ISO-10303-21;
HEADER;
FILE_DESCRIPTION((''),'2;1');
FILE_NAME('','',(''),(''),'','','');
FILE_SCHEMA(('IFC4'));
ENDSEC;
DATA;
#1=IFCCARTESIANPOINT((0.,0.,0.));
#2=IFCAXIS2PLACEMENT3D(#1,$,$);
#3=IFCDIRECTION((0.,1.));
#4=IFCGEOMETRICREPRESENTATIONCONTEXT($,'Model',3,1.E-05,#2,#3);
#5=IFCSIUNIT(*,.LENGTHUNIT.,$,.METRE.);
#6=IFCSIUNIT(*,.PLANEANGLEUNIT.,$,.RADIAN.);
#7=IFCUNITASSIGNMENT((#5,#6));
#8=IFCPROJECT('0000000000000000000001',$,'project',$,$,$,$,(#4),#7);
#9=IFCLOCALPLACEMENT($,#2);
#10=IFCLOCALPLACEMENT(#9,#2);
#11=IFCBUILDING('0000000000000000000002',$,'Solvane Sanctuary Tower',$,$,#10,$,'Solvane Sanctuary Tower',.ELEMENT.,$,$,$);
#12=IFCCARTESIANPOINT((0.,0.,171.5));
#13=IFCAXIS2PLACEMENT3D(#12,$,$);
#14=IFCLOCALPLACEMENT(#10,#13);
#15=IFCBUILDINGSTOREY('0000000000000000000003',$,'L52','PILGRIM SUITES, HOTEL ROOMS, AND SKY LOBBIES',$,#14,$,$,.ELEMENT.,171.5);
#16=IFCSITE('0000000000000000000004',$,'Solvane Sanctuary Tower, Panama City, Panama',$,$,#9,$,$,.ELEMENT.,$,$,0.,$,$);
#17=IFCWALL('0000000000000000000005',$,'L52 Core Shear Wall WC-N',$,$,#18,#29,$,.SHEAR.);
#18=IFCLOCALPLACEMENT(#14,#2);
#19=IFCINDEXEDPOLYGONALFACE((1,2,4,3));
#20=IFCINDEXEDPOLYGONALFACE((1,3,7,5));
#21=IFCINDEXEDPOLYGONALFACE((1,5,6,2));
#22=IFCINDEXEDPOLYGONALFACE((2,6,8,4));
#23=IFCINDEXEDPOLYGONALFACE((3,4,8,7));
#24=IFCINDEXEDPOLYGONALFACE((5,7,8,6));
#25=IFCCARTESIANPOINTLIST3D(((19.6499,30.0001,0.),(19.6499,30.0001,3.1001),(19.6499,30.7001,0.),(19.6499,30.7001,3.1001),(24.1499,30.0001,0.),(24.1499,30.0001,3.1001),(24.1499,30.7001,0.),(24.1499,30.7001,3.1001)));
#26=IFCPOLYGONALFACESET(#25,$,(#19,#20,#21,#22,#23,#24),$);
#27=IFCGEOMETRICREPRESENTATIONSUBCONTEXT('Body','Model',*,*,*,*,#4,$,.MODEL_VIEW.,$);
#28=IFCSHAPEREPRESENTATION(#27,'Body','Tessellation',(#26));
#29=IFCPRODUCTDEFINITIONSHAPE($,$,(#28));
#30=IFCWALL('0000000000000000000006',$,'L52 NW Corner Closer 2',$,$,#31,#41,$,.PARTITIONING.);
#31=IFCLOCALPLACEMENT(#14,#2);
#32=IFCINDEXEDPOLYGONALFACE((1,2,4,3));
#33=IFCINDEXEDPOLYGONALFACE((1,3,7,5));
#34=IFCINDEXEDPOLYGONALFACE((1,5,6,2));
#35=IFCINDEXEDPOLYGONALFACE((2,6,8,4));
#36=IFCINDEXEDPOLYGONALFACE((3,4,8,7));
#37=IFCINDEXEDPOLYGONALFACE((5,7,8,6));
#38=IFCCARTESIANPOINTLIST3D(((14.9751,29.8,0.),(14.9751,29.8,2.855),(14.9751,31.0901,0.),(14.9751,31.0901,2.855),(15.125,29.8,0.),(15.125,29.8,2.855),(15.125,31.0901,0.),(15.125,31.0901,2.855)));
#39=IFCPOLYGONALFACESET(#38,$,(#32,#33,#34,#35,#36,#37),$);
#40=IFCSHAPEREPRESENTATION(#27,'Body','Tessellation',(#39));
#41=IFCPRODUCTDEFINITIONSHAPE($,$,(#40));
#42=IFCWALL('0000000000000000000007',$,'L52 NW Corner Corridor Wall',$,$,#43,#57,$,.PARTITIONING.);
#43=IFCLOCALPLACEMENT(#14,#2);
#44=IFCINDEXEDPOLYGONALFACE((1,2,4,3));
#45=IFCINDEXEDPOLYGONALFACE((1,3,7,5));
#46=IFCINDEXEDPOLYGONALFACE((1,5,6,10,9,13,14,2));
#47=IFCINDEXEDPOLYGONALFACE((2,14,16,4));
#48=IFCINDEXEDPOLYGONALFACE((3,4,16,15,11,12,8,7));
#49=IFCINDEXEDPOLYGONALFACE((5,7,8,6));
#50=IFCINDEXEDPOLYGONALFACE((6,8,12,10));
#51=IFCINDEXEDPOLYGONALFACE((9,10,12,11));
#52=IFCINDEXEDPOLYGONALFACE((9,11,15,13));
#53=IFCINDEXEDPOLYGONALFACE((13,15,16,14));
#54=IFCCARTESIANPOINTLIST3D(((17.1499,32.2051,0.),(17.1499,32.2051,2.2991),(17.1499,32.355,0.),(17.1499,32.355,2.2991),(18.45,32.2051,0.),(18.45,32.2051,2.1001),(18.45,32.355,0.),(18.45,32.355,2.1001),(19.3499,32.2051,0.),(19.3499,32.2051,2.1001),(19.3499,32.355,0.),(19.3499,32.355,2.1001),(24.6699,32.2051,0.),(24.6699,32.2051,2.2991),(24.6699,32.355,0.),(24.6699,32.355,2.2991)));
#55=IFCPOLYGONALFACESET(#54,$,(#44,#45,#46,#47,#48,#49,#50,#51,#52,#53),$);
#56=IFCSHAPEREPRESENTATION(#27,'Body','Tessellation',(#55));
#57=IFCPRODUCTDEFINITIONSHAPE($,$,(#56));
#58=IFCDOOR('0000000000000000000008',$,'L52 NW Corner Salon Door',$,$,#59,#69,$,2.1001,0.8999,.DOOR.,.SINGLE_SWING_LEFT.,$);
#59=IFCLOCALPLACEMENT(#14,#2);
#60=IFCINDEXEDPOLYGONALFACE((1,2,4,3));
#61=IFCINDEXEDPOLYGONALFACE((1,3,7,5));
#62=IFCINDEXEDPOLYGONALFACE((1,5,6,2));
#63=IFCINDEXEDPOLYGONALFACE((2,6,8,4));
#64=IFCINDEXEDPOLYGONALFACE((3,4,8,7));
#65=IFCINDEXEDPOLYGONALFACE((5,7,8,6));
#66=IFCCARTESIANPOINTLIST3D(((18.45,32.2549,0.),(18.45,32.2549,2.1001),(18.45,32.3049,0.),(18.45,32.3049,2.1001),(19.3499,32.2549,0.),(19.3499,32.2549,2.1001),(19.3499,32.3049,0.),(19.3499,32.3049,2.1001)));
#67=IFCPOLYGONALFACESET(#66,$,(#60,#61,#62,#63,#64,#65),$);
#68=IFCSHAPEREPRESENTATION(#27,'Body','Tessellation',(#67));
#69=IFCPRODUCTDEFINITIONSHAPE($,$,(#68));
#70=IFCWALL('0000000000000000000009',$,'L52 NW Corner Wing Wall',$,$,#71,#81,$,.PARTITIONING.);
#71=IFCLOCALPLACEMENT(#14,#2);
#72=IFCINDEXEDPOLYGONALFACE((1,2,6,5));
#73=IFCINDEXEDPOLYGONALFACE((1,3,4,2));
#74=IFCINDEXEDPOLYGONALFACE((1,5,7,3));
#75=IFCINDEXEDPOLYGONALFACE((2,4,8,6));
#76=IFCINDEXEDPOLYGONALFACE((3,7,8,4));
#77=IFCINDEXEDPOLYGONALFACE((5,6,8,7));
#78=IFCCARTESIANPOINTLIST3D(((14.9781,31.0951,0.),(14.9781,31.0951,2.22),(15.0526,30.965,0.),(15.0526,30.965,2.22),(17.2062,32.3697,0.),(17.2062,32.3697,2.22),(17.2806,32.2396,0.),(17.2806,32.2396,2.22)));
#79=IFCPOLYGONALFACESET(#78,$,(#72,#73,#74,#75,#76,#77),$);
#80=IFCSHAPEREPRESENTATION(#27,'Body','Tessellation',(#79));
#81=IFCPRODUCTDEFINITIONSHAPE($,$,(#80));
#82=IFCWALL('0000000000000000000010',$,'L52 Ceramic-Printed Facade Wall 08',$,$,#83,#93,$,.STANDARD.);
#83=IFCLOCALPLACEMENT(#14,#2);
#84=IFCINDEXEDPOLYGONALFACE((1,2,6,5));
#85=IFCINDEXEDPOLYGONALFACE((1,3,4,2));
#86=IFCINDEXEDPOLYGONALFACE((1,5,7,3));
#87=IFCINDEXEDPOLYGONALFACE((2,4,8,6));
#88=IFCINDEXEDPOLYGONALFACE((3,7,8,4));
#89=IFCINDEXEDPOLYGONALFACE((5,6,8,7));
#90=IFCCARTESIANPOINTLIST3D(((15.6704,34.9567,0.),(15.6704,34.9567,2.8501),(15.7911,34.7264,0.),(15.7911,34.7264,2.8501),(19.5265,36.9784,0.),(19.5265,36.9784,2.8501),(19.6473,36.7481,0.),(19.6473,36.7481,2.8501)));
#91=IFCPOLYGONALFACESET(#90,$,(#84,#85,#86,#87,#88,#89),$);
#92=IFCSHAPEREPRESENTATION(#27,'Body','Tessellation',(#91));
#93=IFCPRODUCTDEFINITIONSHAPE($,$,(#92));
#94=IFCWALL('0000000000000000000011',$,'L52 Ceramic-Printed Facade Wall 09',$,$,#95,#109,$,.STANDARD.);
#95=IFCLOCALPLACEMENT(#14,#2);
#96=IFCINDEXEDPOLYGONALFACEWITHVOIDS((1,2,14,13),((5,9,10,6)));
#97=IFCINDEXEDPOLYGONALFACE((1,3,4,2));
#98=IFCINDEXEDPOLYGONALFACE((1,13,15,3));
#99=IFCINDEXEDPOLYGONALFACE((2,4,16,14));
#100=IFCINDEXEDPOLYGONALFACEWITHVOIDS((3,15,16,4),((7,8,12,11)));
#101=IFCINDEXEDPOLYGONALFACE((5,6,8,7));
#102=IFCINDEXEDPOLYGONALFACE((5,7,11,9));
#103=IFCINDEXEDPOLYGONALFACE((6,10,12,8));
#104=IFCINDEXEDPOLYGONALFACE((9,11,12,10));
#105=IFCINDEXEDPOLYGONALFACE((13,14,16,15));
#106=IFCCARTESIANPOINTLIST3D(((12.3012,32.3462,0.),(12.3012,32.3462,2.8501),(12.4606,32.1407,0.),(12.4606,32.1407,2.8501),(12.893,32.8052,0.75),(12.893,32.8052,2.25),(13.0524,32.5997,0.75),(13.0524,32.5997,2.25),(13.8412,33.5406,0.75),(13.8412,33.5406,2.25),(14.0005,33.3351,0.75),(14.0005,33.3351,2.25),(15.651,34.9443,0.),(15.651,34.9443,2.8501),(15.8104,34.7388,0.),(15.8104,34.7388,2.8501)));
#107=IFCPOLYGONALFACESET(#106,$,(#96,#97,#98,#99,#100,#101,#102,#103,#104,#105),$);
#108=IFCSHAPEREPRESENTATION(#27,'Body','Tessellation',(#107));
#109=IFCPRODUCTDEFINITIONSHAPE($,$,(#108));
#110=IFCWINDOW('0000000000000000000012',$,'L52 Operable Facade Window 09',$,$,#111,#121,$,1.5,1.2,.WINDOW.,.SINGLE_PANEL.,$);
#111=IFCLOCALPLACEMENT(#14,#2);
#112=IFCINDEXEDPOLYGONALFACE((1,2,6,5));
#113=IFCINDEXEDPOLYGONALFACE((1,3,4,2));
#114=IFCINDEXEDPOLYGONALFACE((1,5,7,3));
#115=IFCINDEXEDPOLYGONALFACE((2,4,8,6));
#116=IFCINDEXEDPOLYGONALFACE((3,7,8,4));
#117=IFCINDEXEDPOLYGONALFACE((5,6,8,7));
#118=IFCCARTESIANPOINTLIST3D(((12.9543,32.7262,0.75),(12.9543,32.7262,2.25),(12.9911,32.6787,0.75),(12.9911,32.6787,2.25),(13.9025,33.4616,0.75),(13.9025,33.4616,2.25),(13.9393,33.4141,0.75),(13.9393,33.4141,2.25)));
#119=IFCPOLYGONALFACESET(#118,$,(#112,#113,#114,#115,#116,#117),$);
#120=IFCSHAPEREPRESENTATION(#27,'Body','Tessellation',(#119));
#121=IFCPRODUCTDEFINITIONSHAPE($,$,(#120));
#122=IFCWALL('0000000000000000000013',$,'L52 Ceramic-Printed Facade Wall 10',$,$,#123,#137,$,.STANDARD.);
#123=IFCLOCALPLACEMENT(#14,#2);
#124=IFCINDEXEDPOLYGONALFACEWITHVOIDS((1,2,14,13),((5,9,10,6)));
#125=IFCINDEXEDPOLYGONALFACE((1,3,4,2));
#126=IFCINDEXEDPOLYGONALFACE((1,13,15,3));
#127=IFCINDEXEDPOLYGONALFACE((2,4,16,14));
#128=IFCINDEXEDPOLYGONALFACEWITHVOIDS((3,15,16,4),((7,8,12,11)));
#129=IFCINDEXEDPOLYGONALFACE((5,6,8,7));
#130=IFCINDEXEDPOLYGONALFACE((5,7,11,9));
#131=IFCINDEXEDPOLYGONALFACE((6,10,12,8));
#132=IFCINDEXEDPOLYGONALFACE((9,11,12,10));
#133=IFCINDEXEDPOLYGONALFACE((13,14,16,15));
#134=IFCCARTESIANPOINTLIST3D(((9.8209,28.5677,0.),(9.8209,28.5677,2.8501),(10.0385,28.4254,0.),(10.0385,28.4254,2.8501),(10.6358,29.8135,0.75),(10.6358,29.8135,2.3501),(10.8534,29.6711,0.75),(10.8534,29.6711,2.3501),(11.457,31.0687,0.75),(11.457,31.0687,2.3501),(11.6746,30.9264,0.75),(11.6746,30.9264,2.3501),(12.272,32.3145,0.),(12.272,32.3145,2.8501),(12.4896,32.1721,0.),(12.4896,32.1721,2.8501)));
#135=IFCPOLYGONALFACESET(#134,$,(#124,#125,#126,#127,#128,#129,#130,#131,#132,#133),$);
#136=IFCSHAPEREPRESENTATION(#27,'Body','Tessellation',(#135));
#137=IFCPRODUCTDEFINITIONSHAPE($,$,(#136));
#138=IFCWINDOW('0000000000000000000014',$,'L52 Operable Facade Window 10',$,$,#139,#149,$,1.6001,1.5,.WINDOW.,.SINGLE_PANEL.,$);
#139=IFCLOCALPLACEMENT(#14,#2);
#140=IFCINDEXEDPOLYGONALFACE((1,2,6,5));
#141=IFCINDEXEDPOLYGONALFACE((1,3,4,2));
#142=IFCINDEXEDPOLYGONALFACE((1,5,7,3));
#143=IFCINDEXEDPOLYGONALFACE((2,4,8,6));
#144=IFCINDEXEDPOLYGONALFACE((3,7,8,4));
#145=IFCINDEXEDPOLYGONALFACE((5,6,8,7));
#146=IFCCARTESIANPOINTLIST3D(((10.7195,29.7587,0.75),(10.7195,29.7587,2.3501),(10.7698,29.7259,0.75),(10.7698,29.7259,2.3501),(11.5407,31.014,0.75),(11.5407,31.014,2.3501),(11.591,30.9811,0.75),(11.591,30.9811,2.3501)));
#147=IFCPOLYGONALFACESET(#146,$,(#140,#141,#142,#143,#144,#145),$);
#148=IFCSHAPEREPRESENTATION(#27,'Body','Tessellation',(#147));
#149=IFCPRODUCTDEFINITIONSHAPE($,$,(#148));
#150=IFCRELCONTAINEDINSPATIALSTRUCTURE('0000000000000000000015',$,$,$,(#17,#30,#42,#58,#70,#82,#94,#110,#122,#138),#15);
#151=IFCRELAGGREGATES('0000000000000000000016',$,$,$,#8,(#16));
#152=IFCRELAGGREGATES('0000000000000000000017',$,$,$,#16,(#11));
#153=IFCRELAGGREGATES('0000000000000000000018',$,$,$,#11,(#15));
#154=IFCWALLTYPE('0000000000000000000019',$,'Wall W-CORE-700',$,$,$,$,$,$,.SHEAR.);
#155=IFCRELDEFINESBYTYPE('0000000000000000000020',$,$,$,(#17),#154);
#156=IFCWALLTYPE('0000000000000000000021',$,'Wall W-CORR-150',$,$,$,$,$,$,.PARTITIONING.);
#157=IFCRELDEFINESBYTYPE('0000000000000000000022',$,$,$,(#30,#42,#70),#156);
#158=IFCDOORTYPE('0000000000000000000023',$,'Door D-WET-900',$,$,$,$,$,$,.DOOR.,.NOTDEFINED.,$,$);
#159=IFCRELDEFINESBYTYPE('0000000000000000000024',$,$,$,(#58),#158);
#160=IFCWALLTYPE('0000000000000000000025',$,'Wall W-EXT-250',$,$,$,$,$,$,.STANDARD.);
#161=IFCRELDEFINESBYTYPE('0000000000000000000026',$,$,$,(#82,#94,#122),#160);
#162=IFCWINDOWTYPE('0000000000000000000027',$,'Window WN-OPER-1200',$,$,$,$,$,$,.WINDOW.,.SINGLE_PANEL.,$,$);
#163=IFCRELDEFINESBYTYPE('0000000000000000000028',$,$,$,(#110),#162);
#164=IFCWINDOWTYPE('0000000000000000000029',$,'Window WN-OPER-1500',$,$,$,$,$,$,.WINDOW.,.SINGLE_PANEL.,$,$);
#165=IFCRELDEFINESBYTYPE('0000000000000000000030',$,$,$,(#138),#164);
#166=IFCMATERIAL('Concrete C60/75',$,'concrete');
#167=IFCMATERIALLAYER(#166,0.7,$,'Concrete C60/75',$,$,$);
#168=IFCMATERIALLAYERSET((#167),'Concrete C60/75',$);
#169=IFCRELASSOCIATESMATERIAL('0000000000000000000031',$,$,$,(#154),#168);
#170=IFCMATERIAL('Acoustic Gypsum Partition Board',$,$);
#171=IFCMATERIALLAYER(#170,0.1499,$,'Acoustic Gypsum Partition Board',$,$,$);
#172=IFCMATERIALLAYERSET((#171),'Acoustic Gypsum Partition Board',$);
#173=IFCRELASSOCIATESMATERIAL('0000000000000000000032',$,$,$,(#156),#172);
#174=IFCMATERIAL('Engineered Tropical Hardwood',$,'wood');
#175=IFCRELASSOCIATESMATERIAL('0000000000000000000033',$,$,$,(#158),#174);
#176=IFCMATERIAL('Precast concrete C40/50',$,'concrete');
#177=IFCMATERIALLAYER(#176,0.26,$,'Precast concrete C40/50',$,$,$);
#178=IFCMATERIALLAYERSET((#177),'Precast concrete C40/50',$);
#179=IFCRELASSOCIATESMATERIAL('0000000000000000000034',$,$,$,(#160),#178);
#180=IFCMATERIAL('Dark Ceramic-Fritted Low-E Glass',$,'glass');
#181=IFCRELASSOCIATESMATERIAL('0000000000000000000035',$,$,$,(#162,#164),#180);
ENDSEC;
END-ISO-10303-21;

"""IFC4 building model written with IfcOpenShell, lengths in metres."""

from ifc_helpers import new_model, si_unit, direction, frame, frame_2d, origin, place, context, subcontext, project, spatial, rectangle, extrude, material, layer, layer_set, type_object, element, fill, save


model = new_model("IFC4")

# Units and contexts
model_context = context("Model", 3, precision=1e-05, world=origin(), true_north=direction((0.0, 1.0)))
body_context = subcontext(model_context, "Body", "Model", "MODEL_VIEW")
ifc_project = project(units=[si_unit("LENGTHUNIT", "METRE"), si_unit("PLANEANGLEUNIT", "RADIAN")], contexts=[model_context])

# Site, building, storey
site_placement = place(None, origin())
site = spatial("IfcSite", under=ifc_project, at=site_placement, Name="Solvane Sanctuary Tower, Panama City, Panama", CompositionType="ELEMENT", RefElevation=0.0)
building_placement = place(site_placement, origin())
building = spatial("IfcBuilding", under=site, at=building_placement, Name="Solvane Sanctuary Tower", LongName="Solvane Sanctuary Tower", CompositionType="ELEMENT")
storey_placement = place(building_placement, frame((0.0, 0.0, 171.5)))
storey = spatial("IfcBuildingStorey", under=building, at=storey_placement, Name="L52", Description="PILGRIM SUITES, HOTEL ROOMS, AND SKY LOBBIES", CompositionType="ELEMENT", Elevation=171.5)

# Shared definitions
ifc_material_1 = material(Name="Concrete C60/75", Category="concrete")

# Walls
ifc_layer_1 = layer(ifc_material_1, 0.7, Name="Concrete C60/75")
ifc_layer_set_1 = layer_set([ifc_layer_1], Name="Concrete C60/75")
wall_type_1 = type_object("IfcWallType", Name="Wall W-CORE-700", PredefinedType="SHEAR", material=ifc_layer_set_1)
wall_1_placement = place(storey_placement, frame((19.6499, 30.3501, 0.0), z_axis=(0.0, 0.0, 1.0), x_axis=(1.0, 0.0, 0.0)))
element("IfcWall", 1, at=wall_1_placement, inside=storey, type_object=wall_type_1, Name="L52 Core Shear Wall WC-N", PredefinedType="SHEAR", context=body_context, shape_type="SweptSolid", body=[
    extrude(rectangle(XDim=4.5, YDim=0.7, at=frame_2d((2.25, 0.0))), origin(), (0.0, 0.0, 1.0), 3.1001),
])
ifc_material_2 = material(Name="Acoustic Gypsum Partition Board")
ifc_layer_2 = layer(ifc_material_2, 0.1499, Name="Acoustic Gypsum Partition Board")
ifc_layer_set_2 = layer_set([ifc_layer_2], Name="Acoustic Gypsum Partition Board")
wall_type_2 = type_object("IfcWallType", Name="Wall W-CORR-150", PredefinedType="PARTITIONING", material=ifc_layer_set_2)
wall_2_placement = place(storey_placement, frame((15.05, 29.8, 0.0), z_axis=(0.0, 0.0, 1.0), x_axis=(0.0, 1.0, 0.0)))
element("IfcWall", 2, at=wall_2_placement, inside=storey, type_object=wall_type_2, Name="L52 NW Corner Closer 2", PredefinedType="PARTITIONING", context=body_context, shape_type="SweptSolid", body=[
    extrude(rectangle(XDim=1.29, YDim=0.1499, at=frame_2d((0.645, 0.0))), origin(), (0.0, 0.0, 1.0), 2.855),
])

# Wall, opening, door
wall_3_placement = place(storey_placement, frame((17.1499, 32.28, 0.0), z_axis=(0.0, 0.0, 1.0), x_axis=(1.0, 0.0, 0.0)))
wall_3 = element("IfcWall", 3, at=wall_3_placement, inside=storey, type_object=wall_type_2, Name="L52 NW Corner Corridor Wall", PredefinedType="PARTITIONING", context=body_context, shape_type="SweptSolid", body=[
    extrude(rectangle(XDim=7.52, YDim=0.1499, at=frame_2d((3.76, 0.0))), origin(), (0.0, 0.0, 1.0), 2.2991),
])
opening_1_placement = place(wall_3_placement, frame((1.3, 0.0, 0.0)))
opening_1 = element("IfcOpeningElement", 4, at=opening_1_placement, cuts=wall_3, PredefinedType="OPENING", context=body_context, shape_type="SweptSolid", body=[
    extrude(rectangle(XDim=0.8999, YDim=2.1001, at=frame_2d((0.45, 1.05))), frame((0.0, 0.085, 0.0), z_axis=(0.0, -1.0, 0.0), x_axis=(1.0, 0.0, 0.0)), (0.0, 0.0, 1.0), 0.1699),
])
ifc_material_3 = material(Name="Engineered Tropical Hardwood", Category="wood")
door_type_1 = type_object("IfcDoorType", Name="Door D-WET-900", OperationType="NOTDEFINED", PredefinedType="DOOR", material=ifc_material_3)
door_1_placement = place(opening_1_placement, origin())
door_1 = element("IfcDoor", 5, at=door_1_placement, inside=storey, type_object=door_type_1, Name="L52 NW Corner Salon Door", OperationType="SINGLE_SWING_LEFT", OverallHeight=2.1001, OverallWidth=0.8999, PredefinedType="DOOR", context=body_context, shape_type="SweptSolid", body=[
    extrude(rectangle(XDim=0.8999, YDim=2.1001, at=frame_2d((0.45, 1.05))), frame((0.0, 0.0249, 0.0), z_axis=(0.0, -1.0, 0.0), x_axis=(1.0, 0.0, 0.0)), (0.0, 0.0, 1.0), 0.05),
])
fill(opening_1, door_1)

# Walls
wall_4_placement = place(storey_placement, frame((17.2434, 32.3047, 0.0), z_axis=(0.0, 0.0, 1.0), x_axis=(-0.867991, -0.496579, 0.0)))
element("IfcWall", 6, at=wall_4_placement, inside=storey, type_object=wall_type_2, Name="L52 NW Corner Wing Wall", PredefinedType="PARTITIONING", context=body_context, shape_type="SweptSolid", body=[
    extrude(rectangle(XDim=2.5669, YDim=0.1499, at=frame_2d((1.2834, 0.0))), origin(), (0.0, 0.0, 1.0), 2.22),
])
ifc_material_4 = material(Name="Precast concrete C40/50", Category="concrete")
ifc_layer_3 = layer(ifc_material_4, 0.26, Name="Precast concrete C40/50")
ifc_layer_set_3 = layer_set([ifc_layer_3], Name="Precast concrete C40/50")
wall_type_3 = type_object("IfcWallType", Name="Wall W-EXT-250", PredefinedType="STANDARD", material=ifc_layer_set_3)
wall_5_placement = place(storey_placement, frame((19.5869, 36.8633, 0.0), z_axis=(0.0, 0.0, 1.0), x_axis=(-0.88566, -0.464334, 0.0)))
element("IfcWall", 7, at=wall_5_placement, inside=storey, type_object=wall_type_3, Name="L52 Ceramic-Printed Facade Wall 08", PredefinedType="STANDARD", context=body_context, shape_type="SweptSolid", body=[
    extrude(rectangle(XDim=4.354, YDim=0.26, at=frame_2d((2.177, 0.0))), origin(), (0.0, 0.0, 1.0), 2.8501),
])

# Walls, openings, windows
wall_6_placement = place(storey_placement, frame((15.7307, 34.8416, 0.0), z_axis=(0.0, 0.0, 1.0), x_axis=(-0.790186, -0.612868, 0.0)))
wall_6 = element("IfcWall", 8, at=wall_6_placement, inside=storey, type_object=wall_type_3, Name="L52 Ceramic-Printed Facade Wall 09", PredefinedType="STANDARD", context=body_context, shape_type="SweptSolid", body=[
    extrude(rectangle(XDim=4.2393, YDim=0.26, at=frame_2d((2.1196, 0.0))), origin(), (0.0, 0.0, 1.0), 2.8501),
])
opening_2_placement = place(wall_6_placement, frame((2.2903, 0.0, 0.75)))
opening_2 = element("IfcOpeningElement", 9, at=opening_2_placement, cuts=wall_6, PredefinedType="OPENING", context=body_context, shape_type="SweptSolid", body=[
    extrude(rectangle(XDim=1.2, YDim=1.5, at=frame_2d((0.6001, 0.75))), frame((0.0, 0.1399, 0.0), z_axis=(0.0, -1.0, 0.0), x_axis=(1.0, 0.0, 0.0)), (0.0, 0.0, 1.0), 0.28),
])
ifc_material_5 = material(Name="Dark Ceramic-Fritted Low-E Glass", Category="glass")
window_type_1 = type_object("IfcWindowType", Name="Window WN-OPER-1200", PartitioningType="SINGLE_PANEL", PredefinedType="WINDOW", material=ifc_material_5)
window_1_placement = place(opening_2_placement, origin())
window_1 = element("IfcWindow", 10, at=window_1_placement, inside=storey, type_object=window_type_1, Name="L52 Operable Facade Window 09", OverallHeight=1.5, OverallWidth=1.2, PartitioningType="SINGLE_PANEL", PredefinedType="WINDOW", context=body_context, shape_type="SweptSolid", body=[
    extrude(rectangle(XDim=1.2, YDim=1.5, at=frame_2d((0.6001, 0.75))), frame((0.0, 0.03, 0.0), z_axis=(0.0, -1.0, 0.0), x_axis=(1.0, 0.0, 0.0)), (0.0, 0.0, 1.0), 0.0601),
])
fill(opening_2, window_1)
wall_7_placement = place(storey_placement, frame((12.3809, 32.2434, 0.0), z_axis=(0.0, 0.0, 1.0), x_axis=(-0.547456, -0.836834, 0.0)))
wall_7 = element("IfcWall", 11, at=wall_7_placement, inside=storey, type_object=wall_type_3, Name="L52 Ceramic-Printed Facade Wall 10", PredefinedType="STANDARD", context=body_context, shape_type="SweptSolid", body=[
    extrude(rectangle(XDim=4.4773, YDim=0.26, at=frame_2d((2.2388, 0.0))), origin(), (0.0, 0.0, 1.0), 2.8501),
])
opening_3_placement = place(wall_7_placement, frame((1.4888, 0.0, 0.75)))
opening_3 = element("IfcOpeningElement", 12, at=opening_3_placement, cuts=wall_7, PredefinedType="OPENING", context=body_context, shape_type="SweptSolid", body=[
    extrude(rectangle(XDim=1.5, YDim=1.6001, at=frame_2d((0.75, 0.8))), frame((0.0, 0.1399, 0.0), z_axis=(0.0, -1.0, 0.0), x_axis=(1.0, 0.0, 0.0)), (0.0, 0.0, 1.0), 0.28),
])
window_type_2 = type_object("IfcWindowType", Name="Window WN-OPER-1500", PartitioningType="SINGLE_PANEL", PredefinedType="WINDOW", material=ifc_material_5)
window_2_placement = place(opening_3_placement, origin())
window_2 = element("IfcWindow", 13, at=window_2_placement, inside=storey, type_object=window_type_2, Name="L52 Operable Facade Window 10", OverallHeight=1.6001, OverallWidth=1.5, PartitioningType="SINGLE_PANEL", PredefinedType="WINDOW", context=body_context, shape_type="SweptSolid", body=[
    extrude(rectangle(XDim=1.5, YDim=1.6001, at=frame_2d((0.75, 0.8))), frame((0.0, 0.03, 0.0), z_axis=(0.0, -1.0, 0.0), x_axis=(1.0, 0.0, 0.0)), (0.0, 0.0, 1.0), 0.0601),
])
fill(opening_3, window_2)

save(model, "model.ifc")
